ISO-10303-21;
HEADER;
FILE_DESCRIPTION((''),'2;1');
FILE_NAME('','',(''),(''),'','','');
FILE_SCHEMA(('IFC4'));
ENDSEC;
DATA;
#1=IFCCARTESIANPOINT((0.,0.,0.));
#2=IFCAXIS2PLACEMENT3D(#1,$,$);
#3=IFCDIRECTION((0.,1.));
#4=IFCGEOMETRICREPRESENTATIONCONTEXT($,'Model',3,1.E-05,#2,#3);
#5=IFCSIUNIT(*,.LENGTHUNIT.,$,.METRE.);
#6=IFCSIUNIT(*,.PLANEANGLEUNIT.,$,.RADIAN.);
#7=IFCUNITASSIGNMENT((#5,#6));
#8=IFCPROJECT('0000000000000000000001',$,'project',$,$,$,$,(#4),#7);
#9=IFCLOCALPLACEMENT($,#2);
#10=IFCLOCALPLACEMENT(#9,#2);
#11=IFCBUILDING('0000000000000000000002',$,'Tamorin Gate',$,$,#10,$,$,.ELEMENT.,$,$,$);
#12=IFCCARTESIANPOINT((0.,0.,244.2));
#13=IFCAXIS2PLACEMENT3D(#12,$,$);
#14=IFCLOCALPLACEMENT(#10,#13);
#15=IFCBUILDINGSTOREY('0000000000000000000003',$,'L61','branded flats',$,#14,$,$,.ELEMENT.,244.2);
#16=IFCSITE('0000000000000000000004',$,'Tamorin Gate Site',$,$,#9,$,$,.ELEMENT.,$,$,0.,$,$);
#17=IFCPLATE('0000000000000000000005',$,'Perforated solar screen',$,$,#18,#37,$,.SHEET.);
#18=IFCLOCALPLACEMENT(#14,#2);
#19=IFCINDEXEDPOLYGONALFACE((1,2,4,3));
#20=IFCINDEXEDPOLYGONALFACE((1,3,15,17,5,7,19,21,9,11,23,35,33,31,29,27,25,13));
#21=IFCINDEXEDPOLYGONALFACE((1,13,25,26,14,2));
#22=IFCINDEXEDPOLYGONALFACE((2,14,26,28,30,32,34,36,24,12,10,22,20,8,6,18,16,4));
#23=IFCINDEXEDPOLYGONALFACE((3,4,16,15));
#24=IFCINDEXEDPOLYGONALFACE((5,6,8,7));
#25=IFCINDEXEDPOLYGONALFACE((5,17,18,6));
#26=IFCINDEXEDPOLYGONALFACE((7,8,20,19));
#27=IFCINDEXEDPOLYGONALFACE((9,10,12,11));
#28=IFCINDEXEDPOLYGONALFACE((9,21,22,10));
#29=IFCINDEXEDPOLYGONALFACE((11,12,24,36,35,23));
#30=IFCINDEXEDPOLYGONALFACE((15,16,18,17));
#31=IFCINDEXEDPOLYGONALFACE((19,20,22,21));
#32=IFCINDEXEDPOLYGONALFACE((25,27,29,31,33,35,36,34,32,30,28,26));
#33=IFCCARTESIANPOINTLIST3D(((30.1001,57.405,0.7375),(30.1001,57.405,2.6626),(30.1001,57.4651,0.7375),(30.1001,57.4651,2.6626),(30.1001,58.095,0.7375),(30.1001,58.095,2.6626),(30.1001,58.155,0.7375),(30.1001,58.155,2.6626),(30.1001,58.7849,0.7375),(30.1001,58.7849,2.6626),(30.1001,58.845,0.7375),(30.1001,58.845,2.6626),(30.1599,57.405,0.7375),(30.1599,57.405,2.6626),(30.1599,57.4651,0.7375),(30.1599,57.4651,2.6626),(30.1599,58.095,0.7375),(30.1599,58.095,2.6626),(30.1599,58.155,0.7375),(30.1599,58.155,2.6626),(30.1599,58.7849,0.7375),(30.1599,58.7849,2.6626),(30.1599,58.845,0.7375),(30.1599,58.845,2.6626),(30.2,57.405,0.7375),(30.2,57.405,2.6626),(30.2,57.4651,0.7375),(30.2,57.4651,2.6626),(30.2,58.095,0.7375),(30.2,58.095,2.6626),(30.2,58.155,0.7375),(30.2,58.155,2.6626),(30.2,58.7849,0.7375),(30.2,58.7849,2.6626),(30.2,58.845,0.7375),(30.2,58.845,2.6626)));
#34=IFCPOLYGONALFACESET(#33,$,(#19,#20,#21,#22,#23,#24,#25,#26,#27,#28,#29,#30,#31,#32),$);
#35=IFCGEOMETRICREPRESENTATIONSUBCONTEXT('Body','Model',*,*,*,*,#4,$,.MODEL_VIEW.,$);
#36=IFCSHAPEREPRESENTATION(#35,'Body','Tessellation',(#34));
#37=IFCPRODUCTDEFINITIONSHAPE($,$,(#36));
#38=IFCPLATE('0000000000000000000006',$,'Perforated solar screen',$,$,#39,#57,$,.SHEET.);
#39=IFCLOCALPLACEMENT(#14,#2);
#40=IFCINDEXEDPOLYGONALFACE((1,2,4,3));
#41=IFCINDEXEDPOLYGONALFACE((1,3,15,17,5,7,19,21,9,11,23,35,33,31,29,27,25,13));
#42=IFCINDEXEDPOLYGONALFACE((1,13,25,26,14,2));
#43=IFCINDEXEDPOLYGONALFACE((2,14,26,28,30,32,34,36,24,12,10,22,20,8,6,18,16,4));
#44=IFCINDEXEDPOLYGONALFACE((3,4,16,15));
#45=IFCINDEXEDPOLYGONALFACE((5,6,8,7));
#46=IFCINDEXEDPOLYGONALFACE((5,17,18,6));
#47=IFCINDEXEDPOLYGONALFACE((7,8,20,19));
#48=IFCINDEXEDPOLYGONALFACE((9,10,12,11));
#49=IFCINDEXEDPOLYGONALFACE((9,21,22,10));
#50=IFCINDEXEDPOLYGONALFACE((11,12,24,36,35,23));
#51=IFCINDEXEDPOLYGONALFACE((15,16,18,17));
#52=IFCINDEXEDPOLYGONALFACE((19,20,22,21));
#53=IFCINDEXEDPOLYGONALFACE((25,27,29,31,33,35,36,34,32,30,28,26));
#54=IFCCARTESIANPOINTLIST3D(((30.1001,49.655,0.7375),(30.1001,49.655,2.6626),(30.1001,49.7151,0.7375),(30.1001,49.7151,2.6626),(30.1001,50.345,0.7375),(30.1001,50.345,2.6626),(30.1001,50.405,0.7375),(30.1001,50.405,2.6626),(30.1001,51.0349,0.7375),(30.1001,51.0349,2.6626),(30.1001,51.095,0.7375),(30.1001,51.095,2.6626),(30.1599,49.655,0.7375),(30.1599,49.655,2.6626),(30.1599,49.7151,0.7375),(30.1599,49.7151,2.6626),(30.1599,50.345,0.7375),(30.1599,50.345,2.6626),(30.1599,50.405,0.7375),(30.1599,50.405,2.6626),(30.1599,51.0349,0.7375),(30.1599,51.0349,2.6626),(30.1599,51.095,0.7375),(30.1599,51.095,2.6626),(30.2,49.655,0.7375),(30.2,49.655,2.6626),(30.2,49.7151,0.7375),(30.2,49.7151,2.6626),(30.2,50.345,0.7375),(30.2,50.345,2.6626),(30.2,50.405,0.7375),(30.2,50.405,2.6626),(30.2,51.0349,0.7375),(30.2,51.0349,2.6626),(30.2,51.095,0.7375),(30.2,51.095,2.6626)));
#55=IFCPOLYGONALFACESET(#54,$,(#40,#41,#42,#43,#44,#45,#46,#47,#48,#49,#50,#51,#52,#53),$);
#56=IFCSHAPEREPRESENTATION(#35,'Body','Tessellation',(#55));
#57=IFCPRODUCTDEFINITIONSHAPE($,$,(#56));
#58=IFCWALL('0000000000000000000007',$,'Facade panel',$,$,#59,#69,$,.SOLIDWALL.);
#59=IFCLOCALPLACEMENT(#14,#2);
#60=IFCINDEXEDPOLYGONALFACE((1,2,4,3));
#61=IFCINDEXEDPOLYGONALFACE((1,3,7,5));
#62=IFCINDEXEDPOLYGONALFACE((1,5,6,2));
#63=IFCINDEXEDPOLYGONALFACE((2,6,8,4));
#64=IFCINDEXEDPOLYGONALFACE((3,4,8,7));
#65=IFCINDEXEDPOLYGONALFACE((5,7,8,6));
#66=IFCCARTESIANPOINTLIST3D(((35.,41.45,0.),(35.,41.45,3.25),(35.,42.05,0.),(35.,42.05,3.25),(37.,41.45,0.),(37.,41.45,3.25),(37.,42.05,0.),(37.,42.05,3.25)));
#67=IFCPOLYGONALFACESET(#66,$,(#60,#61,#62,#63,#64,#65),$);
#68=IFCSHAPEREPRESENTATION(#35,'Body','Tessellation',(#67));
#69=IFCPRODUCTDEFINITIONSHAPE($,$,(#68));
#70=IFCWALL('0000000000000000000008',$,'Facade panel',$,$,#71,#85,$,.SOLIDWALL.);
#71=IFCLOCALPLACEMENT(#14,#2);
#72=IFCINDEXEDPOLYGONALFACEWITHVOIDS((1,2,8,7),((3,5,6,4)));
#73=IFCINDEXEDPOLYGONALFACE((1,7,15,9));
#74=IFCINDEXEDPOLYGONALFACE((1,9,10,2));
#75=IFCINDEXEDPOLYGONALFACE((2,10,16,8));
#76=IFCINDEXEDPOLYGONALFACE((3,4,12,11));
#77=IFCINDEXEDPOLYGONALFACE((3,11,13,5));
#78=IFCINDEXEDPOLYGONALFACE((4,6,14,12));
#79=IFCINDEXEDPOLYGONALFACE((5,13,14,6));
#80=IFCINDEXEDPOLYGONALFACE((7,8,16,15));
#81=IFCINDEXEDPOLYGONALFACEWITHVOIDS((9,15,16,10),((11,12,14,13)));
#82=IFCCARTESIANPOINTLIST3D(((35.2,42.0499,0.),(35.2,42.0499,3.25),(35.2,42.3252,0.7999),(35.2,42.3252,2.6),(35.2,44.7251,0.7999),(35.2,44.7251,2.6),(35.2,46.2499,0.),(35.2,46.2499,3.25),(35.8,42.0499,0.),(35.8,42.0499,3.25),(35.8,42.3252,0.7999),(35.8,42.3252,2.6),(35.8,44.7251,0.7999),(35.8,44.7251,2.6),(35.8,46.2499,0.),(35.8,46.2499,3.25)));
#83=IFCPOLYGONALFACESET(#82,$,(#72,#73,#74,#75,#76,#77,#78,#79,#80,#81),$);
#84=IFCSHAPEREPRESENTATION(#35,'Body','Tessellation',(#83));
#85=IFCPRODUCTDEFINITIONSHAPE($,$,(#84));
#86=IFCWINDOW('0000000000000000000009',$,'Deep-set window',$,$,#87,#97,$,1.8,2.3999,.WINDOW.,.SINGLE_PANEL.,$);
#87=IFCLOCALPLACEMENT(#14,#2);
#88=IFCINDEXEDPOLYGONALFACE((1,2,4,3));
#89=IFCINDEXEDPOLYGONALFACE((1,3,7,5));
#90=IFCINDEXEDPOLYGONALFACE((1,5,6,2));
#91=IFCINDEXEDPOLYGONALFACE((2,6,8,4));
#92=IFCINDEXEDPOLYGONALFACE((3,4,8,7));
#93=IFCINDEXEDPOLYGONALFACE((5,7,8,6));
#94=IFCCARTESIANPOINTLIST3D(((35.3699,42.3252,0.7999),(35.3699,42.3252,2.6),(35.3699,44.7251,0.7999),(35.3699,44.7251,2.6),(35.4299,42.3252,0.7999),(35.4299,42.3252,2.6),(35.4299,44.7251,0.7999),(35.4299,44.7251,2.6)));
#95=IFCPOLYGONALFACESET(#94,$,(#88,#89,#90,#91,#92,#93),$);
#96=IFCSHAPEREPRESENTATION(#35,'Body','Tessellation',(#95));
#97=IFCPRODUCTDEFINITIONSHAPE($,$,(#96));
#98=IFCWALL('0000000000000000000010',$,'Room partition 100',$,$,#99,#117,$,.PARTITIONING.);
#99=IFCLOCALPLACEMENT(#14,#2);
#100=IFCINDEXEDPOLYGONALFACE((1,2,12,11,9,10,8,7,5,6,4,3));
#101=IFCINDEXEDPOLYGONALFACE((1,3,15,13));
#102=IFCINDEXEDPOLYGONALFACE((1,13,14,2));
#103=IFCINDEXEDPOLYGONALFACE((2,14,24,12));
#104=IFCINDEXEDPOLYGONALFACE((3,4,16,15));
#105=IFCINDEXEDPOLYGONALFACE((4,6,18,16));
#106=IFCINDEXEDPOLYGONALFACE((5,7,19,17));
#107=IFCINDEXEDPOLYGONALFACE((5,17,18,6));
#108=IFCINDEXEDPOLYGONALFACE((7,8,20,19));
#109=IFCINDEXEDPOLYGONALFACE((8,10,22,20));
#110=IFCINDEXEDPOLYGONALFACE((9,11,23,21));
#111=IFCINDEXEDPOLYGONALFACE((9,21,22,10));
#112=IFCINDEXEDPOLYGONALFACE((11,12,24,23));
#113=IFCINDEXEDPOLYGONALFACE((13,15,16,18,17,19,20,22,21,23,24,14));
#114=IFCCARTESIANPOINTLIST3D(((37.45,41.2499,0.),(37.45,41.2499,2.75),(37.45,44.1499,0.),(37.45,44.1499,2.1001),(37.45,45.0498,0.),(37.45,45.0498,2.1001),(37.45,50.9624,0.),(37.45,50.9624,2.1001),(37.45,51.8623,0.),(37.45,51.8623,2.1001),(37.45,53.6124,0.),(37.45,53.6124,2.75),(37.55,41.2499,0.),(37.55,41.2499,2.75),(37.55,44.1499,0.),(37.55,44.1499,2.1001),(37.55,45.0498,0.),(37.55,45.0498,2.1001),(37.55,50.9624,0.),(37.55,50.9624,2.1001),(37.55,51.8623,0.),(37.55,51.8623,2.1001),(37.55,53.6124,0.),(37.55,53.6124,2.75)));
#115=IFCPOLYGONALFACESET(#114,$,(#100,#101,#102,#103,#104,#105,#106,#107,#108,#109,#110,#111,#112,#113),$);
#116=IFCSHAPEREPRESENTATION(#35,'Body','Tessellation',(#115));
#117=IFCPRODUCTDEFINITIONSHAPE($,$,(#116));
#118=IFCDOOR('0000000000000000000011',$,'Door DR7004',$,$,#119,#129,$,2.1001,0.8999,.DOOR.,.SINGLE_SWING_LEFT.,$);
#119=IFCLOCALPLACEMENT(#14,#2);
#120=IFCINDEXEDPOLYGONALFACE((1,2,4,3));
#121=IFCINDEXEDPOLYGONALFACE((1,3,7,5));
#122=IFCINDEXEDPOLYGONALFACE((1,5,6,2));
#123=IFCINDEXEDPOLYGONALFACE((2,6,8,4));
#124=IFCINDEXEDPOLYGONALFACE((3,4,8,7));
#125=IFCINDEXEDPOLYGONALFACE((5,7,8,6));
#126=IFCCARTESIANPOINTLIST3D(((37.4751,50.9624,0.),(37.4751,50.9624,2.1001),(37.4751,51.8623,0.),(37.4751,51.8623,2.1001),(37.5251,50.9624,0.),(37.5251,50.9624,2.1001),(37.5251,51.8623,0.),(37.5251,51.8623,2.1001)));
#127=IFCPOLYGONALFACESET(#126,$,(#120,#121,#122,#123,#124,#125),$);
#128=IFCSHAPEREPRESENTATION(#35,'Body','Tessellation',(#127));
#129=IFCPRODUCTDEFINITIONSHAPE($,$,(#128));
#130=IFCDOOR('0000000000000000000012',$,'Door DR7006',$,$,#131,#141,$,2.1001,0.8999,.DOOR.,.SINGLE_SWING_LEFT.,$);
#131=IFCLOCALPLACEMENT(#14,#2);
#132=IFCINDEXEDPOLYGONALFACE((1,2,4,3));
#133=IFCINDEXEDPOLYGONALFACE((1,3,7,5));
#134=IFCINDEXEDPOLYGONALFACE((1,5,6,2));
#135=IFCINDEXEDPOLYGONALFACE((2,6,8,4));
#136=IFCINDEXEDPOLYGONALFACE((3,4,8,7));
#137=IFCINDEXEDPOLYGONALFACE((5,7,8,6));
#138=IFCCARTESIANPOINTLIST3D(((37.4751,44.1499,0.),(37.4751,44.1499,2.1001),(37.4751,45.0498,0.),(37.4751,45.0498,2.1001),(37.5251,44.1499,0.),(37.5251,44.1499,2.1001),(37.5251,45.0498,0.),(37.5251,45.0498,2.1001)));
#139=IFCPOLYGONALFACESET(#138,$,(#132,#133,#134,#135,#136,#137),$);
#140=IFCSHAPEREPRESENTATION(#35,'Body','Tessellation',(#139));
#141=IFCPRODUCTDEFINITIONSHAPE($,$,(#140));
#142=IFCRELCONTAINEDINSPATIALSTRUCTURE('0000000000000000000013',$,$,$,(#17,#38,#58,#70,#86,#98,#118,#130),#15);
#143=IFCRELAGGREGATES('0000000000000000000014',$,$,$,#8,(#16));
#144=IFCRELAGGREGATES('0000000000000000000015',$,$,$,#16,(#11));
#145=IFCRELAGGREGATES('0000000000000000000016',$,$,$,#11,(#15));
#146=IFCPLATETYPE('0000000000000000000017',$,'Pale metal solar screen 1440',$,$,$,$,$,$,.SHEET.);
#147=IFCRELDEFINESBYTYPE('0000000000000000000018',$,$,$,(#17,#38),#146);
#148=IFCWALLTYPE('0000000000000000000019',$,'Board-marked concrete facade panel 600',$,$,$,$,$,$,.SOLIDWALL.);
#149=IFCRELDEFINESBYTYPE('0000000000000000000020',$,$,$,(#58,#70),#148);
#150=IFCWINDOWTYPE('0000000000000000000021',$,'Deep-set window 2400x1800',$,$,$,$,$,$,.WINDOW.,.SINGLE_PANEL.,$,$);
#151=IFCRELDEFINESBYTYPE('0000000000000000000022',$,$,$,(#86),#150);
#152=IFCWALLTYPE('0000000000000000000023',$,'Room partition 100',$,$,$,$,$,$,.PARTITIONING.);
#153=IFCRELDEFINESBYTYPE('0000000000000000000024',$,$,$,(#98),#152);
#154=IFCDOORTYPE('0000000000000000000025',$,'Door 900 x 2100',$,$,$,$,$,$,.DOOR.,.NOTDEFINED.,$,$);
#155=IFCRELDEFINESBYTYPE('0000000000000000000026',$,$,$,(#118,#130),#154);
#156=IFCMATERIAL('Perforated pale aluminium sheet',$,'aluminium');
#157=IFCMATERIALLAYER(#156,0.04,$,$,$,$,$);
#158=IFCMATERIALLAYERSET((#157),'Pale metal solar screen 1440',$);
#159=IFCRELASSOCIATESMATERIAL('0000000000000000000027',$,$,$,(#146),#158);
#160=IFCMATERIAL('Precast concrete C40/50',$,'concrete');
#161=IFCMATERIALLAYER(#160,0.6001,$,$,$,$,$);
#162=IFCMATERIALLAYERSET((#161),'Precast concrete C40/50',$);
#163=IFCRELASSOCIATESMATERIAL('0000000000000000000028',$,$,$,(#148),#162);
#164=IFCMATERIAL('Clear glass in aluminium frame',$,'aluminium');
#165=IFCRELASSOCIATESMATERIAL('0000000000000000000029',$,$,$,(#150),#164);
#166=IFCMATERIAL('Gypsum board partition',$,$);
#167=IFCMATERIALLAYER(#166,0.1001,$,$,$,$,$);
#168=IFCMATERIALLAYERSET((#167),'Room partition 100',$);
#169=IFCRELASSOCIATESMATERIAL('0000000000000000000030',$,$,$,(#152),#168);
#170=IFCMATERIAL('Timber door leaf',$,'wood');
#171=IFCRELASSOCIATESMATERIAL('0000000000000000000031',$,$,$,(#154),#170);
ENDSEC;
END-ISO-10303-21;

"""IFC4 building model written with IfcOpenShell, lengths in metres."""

from ifc_helpers import new_model, si_unit, direction, frame, frame_2d, origin, place, context, subcontext, project, spatial, polyline, rectangle, outline, extrude, material, layer, layer_set, type_object, element, fill, save


model = new_model("IFC4")

# Units and contexts
model_context = context("Model", 3, precision=1e-05, world=origin(), true_north=direction((0.0, 1.0)))
body_context = subcontext(model_context, "Body", "Model", "MODEL_VIEW")
ifc_project = project(units=[si_unit("LENGTHUNIT", "METRE"), si_unit("PLANEANGLEUNIT", "RADIAN")], contexts=[model_context])

# Site, building, storey
site_placement = place(None, origin())
site = spatial("IfcSite", under=ifc_project, at=site_placement, Name="Tamorin Gate Site", CompositionType="ELEMENT", RefElevation=0.0)
building_placement = place(site_placement, origin())
building = spatial("IfcBuilding", under=site, at=building_placement, Name="Tamorin Gate", CompositionType="ELEMENT")
storey_placement = place(building_placement, frame((0.0, 0.0, 244.2)))
storey = spatial("IfcBuildingStorey", under=building, at=storey_placement, Name="L61", Description="branded flats", CompositionType="ELEMENT", Elevation=244.2)

# Plates
ifc_material_1 = material(Name="Perforated pale aluminium sheet", Category="aluminium")
ifc_layer_1 = layer(ifc_material_1, 0.04)
ifc_layer_set_1 = layer_set([ifc_layer_1], Name="Pale metal solar screen 1440")
plate_type = type_object("IfcPlateType", Name="Pale metal solar screen 1440", PredefinedType="SHEET", material=ifc_layer_set_1)
plate_1_placement = place(storey_placement, frame((0.0, 0.0, 0.7375)))
element("IfcPlate", 1, at=plate_1_placement, inside=storey, type_object=plate_type, Name="Perforated solar screen", PredefinedType="SHEET", context=body_context, shape_type="SweptSolid", body=[
    extrude(outline(polyline([(30.1599, 58.845), (30.2, 58.845), (30.2, 58.7849), (30.2, 58.155), (30.2, 58.095), (30.2, 57.4651), (30.2, 57.405), (30.1599, 57.405), (30.1001, 57.405), (30.1001, 57.4651), (30.1599, 57.4651), (30.1599, 58.095), (30.1001, 58.095), (30.1001, 58.155), (30.1599, 58.155), (30.1599, 58.7849), (30.1001, 58.7849), (30.1001, 58.845), (30.1599, 58.845)])), origin(), (0.0, 0.0, 1.0), 1.925),
])
plate_2_placement = place(storey_placement, frame((0.0, 0.0, 0.7375)))
element("IfcPlate", 2, at=plate_2_placement, inside=storey, type_object=plate_type, Name="Perforated solar screen", PredefinedType="SHEET", context=body_context, shape_type="SweptSolid", body=[
    extrude(outline(polyline([(30.1599, 51.095), (30.2, 51.095), (30.2, 51.0349), (30.2, 50.405), (30.2, 50.345), (30.2, 49.7151), (30.2, 49.655), (30.1599, 49.655), (30.1001, 49.655), (30.1001, 49.7151), (30.1599, 49.7151), (30.1599, 50.345), (30.1001, 50.345), (30.1001, 50.405), (30.1599, 50.405), (30.1599, 51.0349), (30.1001, 51.0349), (30.1001, 51.095), (30.1599, 51.095)])), origin(), (0.0, 0.0, 1.0), 1.925),
])

# Wall
ifc_material_2 = material(Name="Precast concrete C40/50", Category="concrete")
ifc_layer_2 = layer(ifc_material_2, 0.6001)
ifc_layer_set_2 = layer_set([ifc_layer_2], Name="Precast concrete C40/50")
wall_type_1 = type_object("IfcWallType", Name="Board-marked concrete facade panel 600", PredefinedType="SOLIDWALL", material=ifc_layer_set_2)
wall_1_placement = place(storey_placement, frame((35.0, 41.75, 0.0), z_axis=(0.0, 0.0, 1.0), x_axis=(1.0, 0.0, 0.0)))
element("IfcWall", 3, at=wall_1_placement, inside=storey, type_object=wall_type_1, Name="Facade panel", PredefinedType="SOLIDWALL", context=body_context, shape_type="SweptSolid", body=[
    extrude(rectangle(XDim=2.0, YDim=0.6001, at=frame_2d((1.0, 0.0))), origin(), (0.0, 0.0, 1.0), 3.25),
])

# Wall, opening, window
wall_2_placement = place(storey_placement, frame((35.5, 46.25, 0.0), z_axis=(0.0, 0.0, 1.0), x_axis=(0.0, -1.0, 0.0)))
wall_2 = element("IfcWall", 4, at=wall_2_placement, inside=storey, type_object=wall_type_1, Name="Facade panel", PredefinedType="SOLIDWALL", context=body_context, shape_type="SweptSolid", body=[
    extrude(rectangle(XDim=4.2, YDim=0.6001, at=frame_2d((2.1001, 0.0))), origin(), (0.0, 0.0, 1.0), 3.25),
])
opening_1_placement = place(wall_2_placement, frame((1.5249, 0.0, 0.8)))
opening_1 = element("IfcOpeningElement", 5, at=opening_1_placement, cuts=wall_2, PredefinedType="OPENING", context=body_context, shape_type="SweptSolid", body=[
    extrude(rectangle(XDim=2.3999, YDim=1.8, at=frame_2d((1.2, 0.8999))), frame((0.0, 0.3101, 0.0), z_axis=(0.0, -1.0, 0.0), x_axis=(1.0, 0.0, 0.0)), (0.0, 0.0, 1.0), 0.6201),
])
ifc_material_3 = material(Name="Clear glass in aluminium frame", Category="aluminium")
window_type = type_object("IfcWindowType", Name="Deep-set window 2400x1800", PartitioningType="SINGLE_PANEL", PredefinedType="WINDOW", material=ifc_material_3)
window_placement = place(opening_1_placement, origin())
window = element("IfcWindow", 6, at=window_placement, inside=storey, type_object=window_type, Name="Deep-set window", OverallHeight=1.8, OverallWidth=2.3999, PartitioningType="SINGLE_PANEL", PredefinedType="WINDOW", context=body_context, shape_type="SweptSolid", body=[
    extrude(rectangle(XDim=2.3999, YDim=1.8, at=frame_2d((1.2, 0.8999))), frame((0.0, -0.0701, 0.0), z_axis=(0.0, -1.0, 0.0), x_axis=(1.0, 0.0, 0.0)), (0.0, 0.0, 1.0), 0.0601),
])
fill(opening_1, window)

# Wall, openings, doors
ifc_material_4 = material(Name="Gypsum board partition")
ifc_layer_3 = layer(ifc_material_4, 0.1001)
ifc_layer_set_3 = layer_set([ifc_layer_3], Name="Room partition 100")
wall_type_2 = type_object("IfcWallType", Name="Room partition 100", PredefinedType="PARTITIONING", material=ifc_layer_set_3)
wall_3_placement = place(storey_placement, frame((37.5, 41.25, 0.0), z_axis=(0.0, 0.0, 1.0), x_axis=(0.0, 1.0, 0.0)))
wall_3 = element("IfcWall", 7, at=wall_3_placement, inside=storey, type_object=wall_type_2, Name="Room partition 100", PredefinedType="PARTITIONING", context=body_context, shape_type="SweptSolid", body=[
    extrude(rectangle(XDim=12.3625, YDim=0.1001, at=frame_2d((6.1812, 0.0))), origin(), (0.0, 0.0, 1.0), 2.75),
])
opening_2_placement = place(wall_3_placement, frame((9.7124, 0.0, 0.0)))
opening_2 = element("IfcOpeningElement", 8, at=opening_2_placement, cuts=wall_3, PredefinedType="OPENING", context=body_context, shape_type="SweptSolid", body=[
    extrude(rectangle(XDim=0.8999, YDim=2.1001, at=frame_2d((0.45, 1.05))), frame((0.0, 0.0601, 0.0), z_axis=(0.0, -1.0, 0.0), x_axis=(1.0, 0.0, 0.0)), (0.0, 0.0, 1.0), 0.1201),
])
opening_3_placement = place(wall_3_placement, frame((2.8999, 0.0, 0.0)))
opening_3 = element("IfcOpeningElement", 9, at=opening_3_placement, cuts=wall_3, PredefinedType="OPENING", context=body_context, shape_type="SweptSolid", body=[
    extrude(rectangle(XDim=0.8999, YDim=2.1001, at=frame_2d((0.45, 1.05))), frame((0.0, 0.0601, 0.0), z_axis=(0.0, -1.0, 0.0), x_axis=(1.0, 0.0, 0.0)), (0.0, 0.0, 1.0), 0.1201),
])
ifc_material_5 = material(Name="Timber door leaf", Category="wood")
door_type = type_object("IfcDoorType", Name="Door 900 x 2100", OperationType="NOTDEFINED", PredefinedType="DOOR", material=ifc_material_5)
door_1_placement = place(opening_2_placement, origin())
door_1 = element("IfcDoor", 10, at=door_1_placement, inside=storey, type_object=door_type, Name="Door DR7004", OperationType="SINGLE_SWING_LEFT", OverallHeight=2.1001, OverallWidth=0.8999, PredefinedType="DOOR", context=body_context, shape_type="SweptSolid", body=[
    extrude(rectangle(XDim=0.8999, YDim=2.1001, at=frame_2d((0.45, 1.05))), frame((0.0, 0.0249, 0.0), z_axis=(0.0, -1.0, 0.0), x_axis=(1.0, 0.0, 0.0)), (0.0, 0.0, 1.0), 0.05),
])
fill(opening_2, door_1)
door_2_placement = place(opening_3_placement, origin())
door_2 = element("IfcDoor", 11, at=door_2_placement, inside=storey, type_object=door_type, Name="Door DR7006", OperationType="SINGLE_SWING_LEFT", OverallHeight=2.1001, OverallWidth=0.8999, PredefinedType="DOOR", context=body_context, shape_type="SweptSolid", body=[
    extrude(rectangle(XDim=0.8999, YDim=2.1001, at=frame_2d((0.45, 1.05))), frame((0.0, 0.0249, 0.0), z_axis=(0.0, -1.0, 0.0), x_axis=(1.0, 0.0, 0.0)), (0.0, 0.0, 1.0), 0.05),
])
fill(opening_3, door_2)

save(model, "model.ifc")
